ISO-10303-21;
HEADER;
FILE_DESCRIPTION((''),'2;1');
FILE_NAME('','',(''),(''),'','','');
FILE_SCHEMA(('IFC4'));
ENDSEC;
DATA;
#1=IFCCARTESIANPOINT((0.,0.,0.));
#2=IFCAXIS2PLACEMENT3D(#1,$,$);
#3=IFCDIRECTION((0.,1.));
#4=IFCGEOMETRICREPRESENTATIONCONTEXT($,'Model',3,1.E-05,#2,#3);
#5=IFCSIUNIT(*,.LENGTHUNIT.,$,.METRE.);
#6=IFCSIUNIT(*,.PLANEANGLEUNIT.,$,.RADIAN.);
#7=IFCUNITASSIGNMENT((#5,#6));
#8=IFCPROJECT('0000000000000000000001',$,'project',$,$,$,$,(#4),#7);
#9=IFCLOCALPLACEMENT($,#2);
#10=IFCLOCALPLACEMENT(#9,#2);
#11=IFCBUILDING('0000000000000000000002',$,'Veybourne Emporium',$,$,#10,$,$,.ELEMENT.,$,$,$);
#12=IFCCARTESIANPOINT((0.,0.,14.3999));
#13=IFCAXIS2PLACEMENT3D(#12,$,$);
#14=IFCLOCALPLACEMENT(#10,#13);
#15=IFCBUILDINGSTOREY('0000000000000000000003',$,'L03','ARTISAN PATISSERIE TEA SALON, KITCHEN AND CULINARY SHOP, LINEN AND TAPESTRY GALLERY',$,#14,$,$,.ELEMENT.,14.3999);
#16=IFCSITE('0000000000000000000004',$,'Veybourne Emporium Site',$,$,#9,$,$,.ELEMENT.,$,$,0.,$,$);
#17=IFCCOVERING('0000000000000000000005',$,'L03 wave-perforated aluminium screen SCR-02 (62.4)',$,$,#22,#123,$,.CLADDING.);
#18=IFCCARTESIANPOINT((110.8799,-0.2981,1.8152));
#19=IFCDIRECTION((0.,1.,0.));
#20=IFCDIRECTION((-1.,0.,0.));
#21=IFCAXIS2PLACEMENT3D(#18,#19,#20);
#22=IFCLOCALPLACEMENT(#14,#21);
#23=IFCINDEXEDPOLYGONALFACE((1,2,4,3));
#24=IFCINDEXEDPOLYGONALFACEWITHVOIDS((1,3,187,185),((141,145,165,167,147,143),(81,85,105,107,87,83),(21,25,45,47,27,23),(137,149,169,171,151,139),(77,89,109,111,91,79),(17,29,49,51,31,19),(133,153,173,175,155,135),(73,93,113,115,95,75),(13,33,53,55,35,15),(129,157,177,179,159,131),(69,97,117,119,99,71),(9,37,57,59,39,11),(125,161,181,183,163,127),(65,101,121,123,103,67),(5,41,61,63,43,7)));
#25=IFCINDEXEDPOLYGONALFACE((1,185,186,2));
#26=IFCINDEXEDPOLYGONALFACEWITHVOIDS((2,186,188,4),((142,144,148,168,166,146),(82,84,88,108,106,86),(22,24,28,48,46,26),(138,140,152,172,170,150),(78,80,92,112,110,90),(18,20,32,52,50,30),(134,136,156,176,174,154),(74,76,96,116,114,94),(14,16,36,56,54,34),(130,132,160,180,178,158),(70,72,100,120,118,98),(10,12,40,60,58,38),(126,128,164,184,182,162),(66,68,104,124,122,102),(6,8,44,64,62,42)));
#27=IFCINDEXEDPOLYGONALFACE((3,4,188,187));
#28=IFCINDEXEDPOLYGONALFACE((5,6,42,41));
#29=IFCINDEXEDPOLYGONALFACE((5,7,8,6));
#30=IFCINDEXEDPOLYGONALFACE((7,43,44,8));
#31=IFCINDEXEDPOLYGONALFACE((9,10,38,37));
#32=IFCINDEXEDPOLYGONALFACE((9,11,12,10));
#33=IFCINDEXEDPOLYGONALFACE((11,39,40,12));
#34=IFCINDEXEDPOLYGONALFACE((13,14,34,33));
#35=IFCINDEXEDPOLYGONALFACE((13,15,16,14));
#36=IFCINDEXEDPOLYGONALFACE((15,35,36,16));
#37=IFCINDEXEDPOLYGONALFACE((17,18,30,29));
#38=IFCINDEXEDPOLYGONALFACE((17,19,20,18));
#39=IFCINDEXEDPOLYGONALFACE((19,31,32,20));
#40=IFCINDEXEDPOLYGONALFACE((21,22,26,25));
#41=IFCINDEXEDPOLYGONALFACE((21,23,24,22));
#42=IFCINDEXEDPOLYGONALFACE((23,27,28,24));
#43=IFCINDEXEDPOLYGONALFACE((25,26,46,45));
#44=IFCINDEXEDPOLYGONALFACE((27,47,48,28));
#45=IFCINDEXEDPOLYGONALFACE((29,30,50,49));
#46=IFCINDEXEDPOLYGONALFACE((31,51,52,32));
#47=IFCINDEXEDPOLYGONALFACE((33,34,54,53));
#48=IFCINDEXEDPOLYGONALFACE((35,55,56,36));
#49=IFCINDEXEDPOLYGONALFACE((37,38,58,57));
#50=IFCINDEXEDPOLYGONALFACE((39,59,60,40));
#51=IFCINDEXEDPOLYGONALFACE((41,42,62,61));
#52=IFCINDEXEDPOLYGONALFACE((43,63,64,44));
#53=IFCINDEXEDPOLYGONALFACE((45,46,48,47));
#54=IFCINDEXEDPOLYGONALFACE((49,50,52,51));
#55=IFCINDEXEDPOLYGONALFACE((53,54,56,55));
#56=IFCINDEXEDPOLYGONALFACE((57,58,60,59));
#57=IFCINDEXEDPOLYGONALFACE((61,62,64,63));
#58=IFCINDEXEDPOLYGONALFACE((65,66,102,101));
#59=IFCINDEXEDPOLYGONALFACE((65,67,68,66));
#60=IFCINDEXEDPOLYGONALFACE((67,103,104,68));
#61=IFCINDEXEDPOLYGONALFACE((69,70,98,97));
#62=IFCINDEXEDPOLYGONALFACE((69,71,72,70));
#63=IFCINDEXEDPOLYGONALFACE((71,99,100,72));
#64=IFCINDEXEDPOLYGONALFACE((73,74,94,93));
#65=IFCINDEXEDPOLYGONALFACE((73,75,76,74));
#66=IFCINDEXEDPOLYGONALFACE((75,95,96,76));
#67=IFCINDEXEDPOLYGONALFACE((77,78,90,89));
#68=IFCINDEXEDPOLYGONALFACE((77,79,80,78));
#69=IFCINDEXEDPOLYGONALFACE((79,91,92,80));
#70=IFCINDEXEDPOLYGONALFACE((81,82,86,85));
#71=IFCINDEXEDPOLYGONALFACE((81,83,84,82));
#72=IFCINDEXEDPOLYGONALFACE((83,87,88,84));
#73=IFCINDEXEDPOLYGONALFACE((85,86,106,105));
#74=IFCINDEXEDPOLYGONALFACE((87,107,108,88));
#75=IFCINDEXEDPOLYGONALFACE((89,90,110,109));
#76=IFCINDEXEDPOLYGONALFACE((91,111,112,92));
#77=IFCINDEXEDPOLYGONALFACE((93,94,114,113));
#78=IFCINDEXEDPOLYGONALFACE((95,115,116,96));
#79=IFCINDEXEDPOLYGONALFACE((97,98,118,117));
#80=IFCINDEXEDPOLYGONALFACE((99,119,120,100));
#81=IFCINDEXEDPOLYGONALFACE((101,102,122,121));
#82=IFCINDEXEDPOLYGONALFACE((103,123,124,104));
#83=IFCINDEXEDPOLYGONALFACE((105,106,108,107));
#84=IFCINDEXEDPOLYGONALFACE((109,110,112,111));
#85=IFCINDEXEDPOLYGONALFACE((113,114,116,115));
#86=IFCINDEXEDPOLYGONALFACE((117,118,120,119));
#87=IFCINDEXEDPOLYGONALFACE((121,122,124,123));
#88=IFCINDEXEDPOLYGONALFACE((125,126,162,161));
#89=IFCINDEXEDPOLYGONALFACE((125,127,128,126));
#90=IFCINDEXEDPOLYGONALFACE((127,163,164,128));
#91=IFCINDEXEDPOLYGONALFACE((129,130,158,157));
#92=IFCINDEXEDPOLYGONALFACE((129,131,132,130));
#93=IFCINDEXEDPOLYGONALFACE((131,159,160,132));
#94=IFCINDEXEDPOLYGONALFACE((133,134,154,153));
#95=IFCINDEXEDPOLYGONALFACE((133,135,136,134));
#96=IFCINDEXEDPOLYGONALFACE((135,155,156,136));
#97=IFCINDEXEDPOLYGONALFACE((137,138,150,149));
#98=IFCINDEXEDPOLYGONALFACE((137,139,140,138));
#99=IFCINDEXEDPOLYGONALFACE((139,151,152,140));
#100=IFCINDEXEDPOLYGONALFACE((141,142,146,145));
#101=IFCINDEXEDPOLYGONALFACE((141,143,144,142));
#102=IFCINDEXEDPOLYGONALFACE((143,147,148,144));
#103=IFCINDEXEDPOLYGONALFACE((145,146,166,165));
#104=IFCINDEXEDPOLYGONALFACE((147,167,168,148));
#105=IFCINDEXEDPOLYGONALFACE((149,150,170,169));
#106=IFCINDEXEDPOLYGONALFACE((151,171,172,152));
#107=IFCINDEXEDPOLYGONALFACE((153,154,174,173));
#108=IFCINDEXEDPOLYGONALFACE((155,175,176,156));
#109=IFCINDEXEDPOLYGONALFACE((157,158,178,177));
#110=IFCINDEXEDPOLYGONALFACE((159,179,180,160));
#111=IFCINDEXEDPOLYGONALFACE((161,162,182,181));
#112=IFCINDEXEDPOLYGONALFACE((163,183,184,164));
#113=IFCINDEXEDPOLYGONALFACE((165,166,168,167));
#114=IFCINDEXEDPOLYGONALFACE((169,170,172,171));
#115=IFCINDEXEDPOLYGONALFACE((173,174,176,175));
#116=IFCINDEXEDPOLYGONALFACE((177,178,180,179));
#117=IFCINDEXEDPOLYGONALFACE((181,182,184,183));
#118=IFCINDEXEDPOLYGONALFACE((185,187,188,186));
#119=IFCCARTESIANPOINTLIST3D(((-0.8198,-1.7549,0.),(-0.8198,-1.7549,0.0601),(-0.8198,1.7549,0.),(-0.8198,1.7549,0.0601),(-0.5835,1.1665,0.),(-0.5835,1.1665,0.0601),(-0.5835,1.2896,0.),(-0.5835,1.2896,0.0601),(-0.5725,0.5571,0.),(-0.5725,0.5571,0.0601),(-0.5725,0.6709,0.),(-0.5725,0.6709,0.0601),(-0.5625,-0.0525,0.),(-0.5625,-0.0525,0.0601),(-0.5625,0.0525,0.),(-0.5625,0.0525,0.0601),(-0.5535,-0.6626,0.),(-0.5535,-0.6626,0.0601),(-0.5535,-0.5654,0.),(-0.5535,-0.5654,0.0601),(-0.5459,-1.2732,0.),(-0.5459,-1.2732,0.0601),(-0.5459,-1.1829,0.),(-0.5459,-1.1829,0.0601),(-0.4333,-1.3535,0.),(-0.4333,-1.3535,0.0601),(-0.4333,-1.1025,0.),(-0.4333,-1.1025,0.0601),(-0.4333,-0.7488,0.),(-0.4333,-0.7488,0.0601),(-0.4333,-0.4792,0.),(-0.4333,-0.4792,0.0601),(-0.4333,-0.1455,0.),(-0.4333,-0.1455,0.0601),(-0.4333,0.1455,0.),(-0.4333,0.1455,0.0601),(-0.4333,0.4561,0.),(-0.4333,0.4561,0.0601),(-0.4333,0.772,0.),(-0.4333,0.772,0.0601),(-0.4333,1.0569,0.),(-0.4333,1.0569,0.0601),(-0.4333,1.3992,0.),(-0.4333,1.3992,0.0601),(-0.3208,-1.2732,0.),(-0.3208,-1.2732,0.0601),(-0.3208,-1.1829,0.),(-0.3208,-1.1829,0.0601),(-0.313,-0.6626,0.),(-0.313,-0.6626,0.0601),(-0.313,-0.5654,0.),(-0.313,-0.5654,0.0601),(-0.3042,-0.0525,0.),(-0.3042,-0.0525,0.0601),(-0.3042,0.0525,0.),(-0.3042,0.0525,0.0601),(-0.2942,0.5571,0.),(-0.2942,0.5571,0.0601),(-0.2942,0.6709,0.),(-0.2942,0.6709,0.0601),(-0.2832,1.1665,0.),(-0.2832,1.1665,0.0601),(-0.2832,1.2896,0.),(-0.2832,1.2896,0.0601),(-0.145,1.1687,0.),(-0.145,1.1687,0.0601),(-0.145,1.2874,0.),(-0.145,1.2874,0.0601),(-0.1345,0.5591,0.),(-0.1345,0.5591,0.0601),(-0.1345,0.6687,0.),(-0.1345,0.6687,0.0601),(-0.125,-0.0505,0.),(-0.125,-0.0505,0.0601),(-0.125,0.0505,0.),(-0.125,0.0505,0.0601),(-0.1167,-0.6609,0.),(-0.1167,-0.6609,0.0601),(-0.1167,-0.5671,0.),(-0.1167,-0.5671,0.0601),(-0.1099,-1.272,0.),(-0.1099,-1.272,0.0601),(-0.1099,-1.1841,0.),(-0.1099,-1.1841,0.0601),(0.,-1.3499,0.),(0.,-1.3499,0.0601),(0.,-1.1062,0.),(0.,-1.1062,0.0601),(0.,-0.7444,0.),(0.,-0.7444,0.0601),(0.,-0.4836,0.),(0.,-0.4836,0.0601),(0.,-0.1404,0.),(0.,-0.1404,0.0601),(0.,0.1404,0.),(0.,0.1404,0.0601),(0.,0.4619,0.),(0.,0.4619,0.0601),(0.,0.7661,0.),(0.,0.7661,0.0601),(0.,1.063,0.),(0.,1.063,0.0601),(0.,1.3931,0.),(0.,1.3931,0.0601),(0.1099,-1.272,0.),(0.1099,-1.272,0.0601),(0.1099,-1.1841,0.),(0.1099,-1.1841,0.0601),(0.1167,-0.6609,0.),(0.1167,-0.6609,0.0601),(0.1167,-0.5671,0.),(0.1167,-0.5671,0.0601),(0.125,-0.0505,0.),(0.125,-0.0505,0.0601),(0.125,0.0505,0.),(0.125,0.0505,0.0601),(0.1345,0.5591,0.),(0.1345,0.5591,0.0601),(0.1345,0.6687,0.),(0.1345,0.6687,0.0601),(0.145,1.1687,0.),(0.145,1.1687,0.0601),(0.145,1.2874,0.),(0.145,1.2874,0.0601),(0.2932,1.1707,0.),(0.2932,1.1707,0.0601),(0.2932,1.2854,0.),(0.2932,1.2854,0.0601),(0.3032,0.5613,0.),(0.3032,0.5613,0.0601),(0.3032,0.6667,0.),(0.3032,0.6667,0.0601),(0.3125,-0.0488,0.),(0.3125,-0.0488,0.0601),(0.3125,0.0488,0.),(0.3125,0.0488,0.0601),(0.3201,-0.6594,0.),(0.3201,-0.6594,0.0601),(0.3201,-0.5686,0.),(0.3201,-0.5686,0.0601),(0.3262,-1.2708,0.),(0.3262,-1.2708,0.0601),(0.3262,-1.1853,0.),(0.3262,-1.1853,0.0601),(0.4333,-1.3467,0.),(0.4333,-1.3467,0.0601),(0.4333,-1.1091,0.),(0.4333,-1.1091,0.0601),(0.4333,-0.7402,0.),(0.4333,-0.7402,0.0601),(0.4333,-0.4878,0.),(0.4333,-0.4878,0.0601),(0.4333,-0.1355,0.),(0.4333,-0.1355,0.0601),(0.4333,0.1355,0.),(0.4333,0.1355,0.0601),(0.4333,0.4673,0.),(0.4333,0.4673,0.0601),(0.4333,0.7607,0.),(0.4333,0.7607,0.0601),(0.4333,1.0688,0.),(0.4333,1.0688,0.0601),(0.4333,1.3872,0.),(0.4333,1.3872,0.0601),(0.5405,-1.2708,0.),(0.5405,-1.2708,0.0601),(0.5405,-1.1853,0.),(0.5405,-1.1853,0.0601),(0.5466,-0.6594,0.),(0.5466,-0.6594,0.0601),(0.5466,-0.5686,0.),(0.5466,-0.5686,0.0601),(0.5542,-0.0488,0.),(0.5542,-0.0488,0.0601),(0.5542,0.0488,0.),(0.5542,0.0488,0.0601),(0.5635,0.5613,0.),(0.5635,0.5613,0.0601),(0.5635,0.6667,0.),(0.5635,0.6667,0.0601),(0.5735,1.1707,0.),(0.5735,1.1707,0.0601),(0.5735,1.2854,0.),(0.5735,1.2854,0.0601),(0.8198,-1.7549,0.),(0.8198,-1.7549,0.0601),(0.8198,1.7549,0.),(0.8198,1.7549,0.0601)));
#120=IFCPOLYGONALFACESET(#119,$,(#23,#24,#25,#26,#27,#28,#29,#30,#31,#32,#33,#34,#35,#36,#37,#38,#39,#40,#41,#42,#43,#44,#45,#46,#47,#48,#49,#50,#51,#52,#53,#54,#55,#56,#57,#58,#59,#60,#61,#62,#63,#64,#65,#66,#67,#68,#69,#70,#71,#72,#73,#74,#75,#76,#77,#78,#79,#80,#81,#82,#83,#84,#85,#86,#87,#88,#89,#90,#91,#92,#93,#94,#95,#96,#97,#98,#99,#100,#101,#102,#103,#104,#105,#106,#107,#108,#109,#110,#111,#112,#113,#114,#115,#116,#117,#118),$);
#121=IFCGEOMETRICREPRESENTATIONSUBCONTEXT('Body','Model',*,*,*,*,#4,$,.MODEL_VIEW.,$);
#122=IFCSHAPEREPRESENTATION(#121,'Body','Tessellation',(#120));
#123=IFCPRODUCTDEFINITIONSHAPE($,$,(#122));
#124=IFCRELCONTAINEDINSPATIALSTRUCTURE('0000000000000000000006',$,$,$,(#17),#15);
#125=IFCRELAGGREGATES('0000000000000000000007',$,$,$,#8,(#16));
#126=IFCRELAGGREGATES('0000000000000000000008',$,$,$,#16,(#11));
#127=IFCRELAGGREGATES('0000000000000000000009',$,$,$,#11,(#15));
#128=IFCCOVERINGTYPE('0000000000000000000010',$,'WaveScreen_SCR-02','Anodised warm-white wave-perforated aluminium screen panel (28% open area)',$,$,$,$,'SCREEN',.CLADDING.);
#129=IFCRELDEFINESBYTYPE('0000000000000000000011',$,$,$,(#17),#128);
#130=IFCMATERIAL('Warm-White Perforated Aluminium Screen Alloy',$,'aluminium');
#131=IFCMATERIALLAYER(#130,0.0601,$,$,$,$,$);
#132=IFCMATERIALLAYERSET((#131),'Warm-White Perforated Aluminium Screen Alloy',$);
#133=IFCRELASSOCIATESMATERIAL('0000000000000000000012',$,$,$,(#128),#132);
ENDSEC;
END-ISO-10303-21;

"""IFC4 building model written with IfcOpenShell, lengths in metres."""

from ifc_helpers import new_model, si_unit, direction, frame, origin, place, context, subcontext, project, spatial, polyline, outline, extrude, material, layer, layer_set, type_object, element, save


model = new_model("IFC4")

# Units and contexts
model_context = context("Model", 3, precision=1e-05, world=origin(), true_north=direction((0.0, 1.0)))
body_context = subcontext(model_context, "Body", "Model", "MODEL_VIEW")
ifc_project = project(units=[si_unit("LENGTHUNIT", "METRE"), si_unit("PLANEANGLEUNIT", "RADIAN")], contexts=[model_context])

# Site, building, storey
site_placement = place(None, origin())
site = spatial("IfcSite", under=ifc_project, at=site_placement, Name="Veybourne Emporium Site", CompositionType="ELEMENT", RefElevation=0.0)
building_placement = place(site_placement, origin())
building = spatial("IfcBuilding", under=site, at=building_placement, Name="Veybourne Emporium", CompositionType="ELEMENT")
storey_placement = place(building_placement, frame((0.0, 0.0, 14.3999)))
storey = spatial("IfcBuildingStorey", under=building, at=storey_placement, Name="L03", Description="ARTISAN PATISSERIE TEA SALON, KITCHEN AND CULINARY SHOP, LINEN AND TAPESTRY GALLERY", CompositionType="ELEMENT", Elevation=14.3999)

# Covering
ifc_material_1 = material(Name="Warm-White Perforated Aluminium Screen Alloy", Category="aluminium")
ifc_layer_1 = layer(ifc_material_1, 0.0601)
ifc_layer_set_1 = layer_set([ifc_layer_1], Name="Warm-White Perforated Aluminium Screen Alloy")
covering_type_1 = type_object("IfcCoveringType", Name="WaveScreen_SCR-02", Description="Anodised warm-white wave-perforated aluminium screen panel (28% open area)", ElementType="SCREEN", PredefinedType="CLADDING", material=ifc_layer_set_1)
covering_1_placement = place(storey_placement, frame((110.8799, -0.2981, 1.8152), z_axis=(0.0, 1.0, 0.0), x_axis=(-1.0, 0.0, 0.0)))
element("IfcCovering", 1, at=covering_1_placement, inside=storey, type_object=covering_type_1, Name="L03 wave-perforated aluminium screen SCR-02 (62.4)", PredefinedType="CLADDING", context=body_context, shape_type="SweptSolid", body=[
    extrude(outline(polyline([(-0.8198, -1.7549), (0.8198, -1.7549), (0.8198, 1.7549), (-0.8198, 1.7549), (-0.8198, -1.7549)]), holes=[polyline([(-0.4333, -1.1025), (-0.3208, -1.1829), (-0.3208, -1.2732), (-0.4333, -1.3535), (-0.5459, -1.2732), (-0.5459, -1.1829), (-0.4333, -1.1025)]), polyline([(-0.4333, -0.4792), (-0.313, -0.5654), (-0.313, -0.6626), (-0.4333, -0.7488), (-0.5535, -0.6626), (-0.5535, -0.5654), (-0.4333, -0.4792)]), polyline([(-0.4333, 0.1455), (-0.3042, 0.0525), (-0.3042, -0.0525), (-0.4333, -0.1455), (-0.5625, -0.0525), (-0.5625, 0.0525), (-0.4333, 0.1455)]), polyline([(-0.4333, 0.772), (-0.2942, 0.6709), (-0.2942, 0.5571), (-0.4333, 0.4561), (-0.5725, 0.5571), (-0.5725, 0.6709), (-0.4333, 0.772)]), polyline([(-0.4333, 1.3992), (-0.2832, 1.2896), (-0.2832, 1.1665), (-0.4333, 1.0569), (-0.5835, 1.1665), (-0.5835, 1.2896), (-0.4333, 1.3992)]), polyline([(0.0, -1.1062), (0.1099, -1.1841), (0.1099, -1.272), (0.0, -1.3499), (-0.1099, -1.272), (-0.1099, -1.1841), (0.0, -1.1062)]), polyline([(0.0, -0.4836), (0.1167, -0.5671), (0.1167, -0.6609), (0.0, -0.7444), (-0.1167, -0.6609), (-0.1167, -0.5671), (0.0, -0.4836)]), polyline([(0.0, 0.1404), (0.125, 0.0505), (0.125, -0.0505), (0.0, -0.1404), (-0.125, -0.0505), (-0.125, 0.0505), (0.0, 0.1404)]), polyline([(0.0, 0.7661), (0.1345, 0.6687), (0.1345, 0.5591), (0.0, 0.4619), (-0.1345, 0.5591), (-0.1345, 0.6687), (0.0, 0.7661)]), polyline([(0.0, 1.3931), (0.145, 1.2874), (0.145, 1.1687), (0.0, 1.063), (-0.145, 1.1687), (-0.145, 1.2874), (0.0, 1.3931)]), polyline([(0.4333, -1.1091), (0.5405, -1.1853), (0.5405, -1.2708), (0.4333, -1.3467), (0.3262, -1.2708), (0.3262, -1.1853), (0.4333, -1.1091)]), polyline([(0.4333, -0.4878), (0.5466, -0.5686), (0.5466, -0.6594), (0.4333, -0.7402), (0.3201, -0.6594), (0.3201, -0.5686), (0.4333, -0.4878)]), polyline([(0.4333, 0.1355), (0.5542, 0.0488), (0.5542, -0.0488), (0.4333, -0.1355), (0.3125, -0.0488), (0.3125, 0.0488), (0.4333, 0.1355)]), polyline([(0.4333, 0.7607), (0.5635, 0.6667), (0.5635, 0.5613), (0.4333, 0.4673), (0.3032, 0.5613), (0.3032, 0.6667), (0.4333, 0.7607)]), polyline([(0.4333, 1.3872), (0.5735, 1.2854), (0.5735, 1.1707), (0.4333, 1.0688), (0.2932, 1.1707), (0.2932, 1.2854), (0.4333, 1.3872)])]), origin(), (0.0, 0.0, 1.0), 0.0601),
])

save(model, "model.ifc")
